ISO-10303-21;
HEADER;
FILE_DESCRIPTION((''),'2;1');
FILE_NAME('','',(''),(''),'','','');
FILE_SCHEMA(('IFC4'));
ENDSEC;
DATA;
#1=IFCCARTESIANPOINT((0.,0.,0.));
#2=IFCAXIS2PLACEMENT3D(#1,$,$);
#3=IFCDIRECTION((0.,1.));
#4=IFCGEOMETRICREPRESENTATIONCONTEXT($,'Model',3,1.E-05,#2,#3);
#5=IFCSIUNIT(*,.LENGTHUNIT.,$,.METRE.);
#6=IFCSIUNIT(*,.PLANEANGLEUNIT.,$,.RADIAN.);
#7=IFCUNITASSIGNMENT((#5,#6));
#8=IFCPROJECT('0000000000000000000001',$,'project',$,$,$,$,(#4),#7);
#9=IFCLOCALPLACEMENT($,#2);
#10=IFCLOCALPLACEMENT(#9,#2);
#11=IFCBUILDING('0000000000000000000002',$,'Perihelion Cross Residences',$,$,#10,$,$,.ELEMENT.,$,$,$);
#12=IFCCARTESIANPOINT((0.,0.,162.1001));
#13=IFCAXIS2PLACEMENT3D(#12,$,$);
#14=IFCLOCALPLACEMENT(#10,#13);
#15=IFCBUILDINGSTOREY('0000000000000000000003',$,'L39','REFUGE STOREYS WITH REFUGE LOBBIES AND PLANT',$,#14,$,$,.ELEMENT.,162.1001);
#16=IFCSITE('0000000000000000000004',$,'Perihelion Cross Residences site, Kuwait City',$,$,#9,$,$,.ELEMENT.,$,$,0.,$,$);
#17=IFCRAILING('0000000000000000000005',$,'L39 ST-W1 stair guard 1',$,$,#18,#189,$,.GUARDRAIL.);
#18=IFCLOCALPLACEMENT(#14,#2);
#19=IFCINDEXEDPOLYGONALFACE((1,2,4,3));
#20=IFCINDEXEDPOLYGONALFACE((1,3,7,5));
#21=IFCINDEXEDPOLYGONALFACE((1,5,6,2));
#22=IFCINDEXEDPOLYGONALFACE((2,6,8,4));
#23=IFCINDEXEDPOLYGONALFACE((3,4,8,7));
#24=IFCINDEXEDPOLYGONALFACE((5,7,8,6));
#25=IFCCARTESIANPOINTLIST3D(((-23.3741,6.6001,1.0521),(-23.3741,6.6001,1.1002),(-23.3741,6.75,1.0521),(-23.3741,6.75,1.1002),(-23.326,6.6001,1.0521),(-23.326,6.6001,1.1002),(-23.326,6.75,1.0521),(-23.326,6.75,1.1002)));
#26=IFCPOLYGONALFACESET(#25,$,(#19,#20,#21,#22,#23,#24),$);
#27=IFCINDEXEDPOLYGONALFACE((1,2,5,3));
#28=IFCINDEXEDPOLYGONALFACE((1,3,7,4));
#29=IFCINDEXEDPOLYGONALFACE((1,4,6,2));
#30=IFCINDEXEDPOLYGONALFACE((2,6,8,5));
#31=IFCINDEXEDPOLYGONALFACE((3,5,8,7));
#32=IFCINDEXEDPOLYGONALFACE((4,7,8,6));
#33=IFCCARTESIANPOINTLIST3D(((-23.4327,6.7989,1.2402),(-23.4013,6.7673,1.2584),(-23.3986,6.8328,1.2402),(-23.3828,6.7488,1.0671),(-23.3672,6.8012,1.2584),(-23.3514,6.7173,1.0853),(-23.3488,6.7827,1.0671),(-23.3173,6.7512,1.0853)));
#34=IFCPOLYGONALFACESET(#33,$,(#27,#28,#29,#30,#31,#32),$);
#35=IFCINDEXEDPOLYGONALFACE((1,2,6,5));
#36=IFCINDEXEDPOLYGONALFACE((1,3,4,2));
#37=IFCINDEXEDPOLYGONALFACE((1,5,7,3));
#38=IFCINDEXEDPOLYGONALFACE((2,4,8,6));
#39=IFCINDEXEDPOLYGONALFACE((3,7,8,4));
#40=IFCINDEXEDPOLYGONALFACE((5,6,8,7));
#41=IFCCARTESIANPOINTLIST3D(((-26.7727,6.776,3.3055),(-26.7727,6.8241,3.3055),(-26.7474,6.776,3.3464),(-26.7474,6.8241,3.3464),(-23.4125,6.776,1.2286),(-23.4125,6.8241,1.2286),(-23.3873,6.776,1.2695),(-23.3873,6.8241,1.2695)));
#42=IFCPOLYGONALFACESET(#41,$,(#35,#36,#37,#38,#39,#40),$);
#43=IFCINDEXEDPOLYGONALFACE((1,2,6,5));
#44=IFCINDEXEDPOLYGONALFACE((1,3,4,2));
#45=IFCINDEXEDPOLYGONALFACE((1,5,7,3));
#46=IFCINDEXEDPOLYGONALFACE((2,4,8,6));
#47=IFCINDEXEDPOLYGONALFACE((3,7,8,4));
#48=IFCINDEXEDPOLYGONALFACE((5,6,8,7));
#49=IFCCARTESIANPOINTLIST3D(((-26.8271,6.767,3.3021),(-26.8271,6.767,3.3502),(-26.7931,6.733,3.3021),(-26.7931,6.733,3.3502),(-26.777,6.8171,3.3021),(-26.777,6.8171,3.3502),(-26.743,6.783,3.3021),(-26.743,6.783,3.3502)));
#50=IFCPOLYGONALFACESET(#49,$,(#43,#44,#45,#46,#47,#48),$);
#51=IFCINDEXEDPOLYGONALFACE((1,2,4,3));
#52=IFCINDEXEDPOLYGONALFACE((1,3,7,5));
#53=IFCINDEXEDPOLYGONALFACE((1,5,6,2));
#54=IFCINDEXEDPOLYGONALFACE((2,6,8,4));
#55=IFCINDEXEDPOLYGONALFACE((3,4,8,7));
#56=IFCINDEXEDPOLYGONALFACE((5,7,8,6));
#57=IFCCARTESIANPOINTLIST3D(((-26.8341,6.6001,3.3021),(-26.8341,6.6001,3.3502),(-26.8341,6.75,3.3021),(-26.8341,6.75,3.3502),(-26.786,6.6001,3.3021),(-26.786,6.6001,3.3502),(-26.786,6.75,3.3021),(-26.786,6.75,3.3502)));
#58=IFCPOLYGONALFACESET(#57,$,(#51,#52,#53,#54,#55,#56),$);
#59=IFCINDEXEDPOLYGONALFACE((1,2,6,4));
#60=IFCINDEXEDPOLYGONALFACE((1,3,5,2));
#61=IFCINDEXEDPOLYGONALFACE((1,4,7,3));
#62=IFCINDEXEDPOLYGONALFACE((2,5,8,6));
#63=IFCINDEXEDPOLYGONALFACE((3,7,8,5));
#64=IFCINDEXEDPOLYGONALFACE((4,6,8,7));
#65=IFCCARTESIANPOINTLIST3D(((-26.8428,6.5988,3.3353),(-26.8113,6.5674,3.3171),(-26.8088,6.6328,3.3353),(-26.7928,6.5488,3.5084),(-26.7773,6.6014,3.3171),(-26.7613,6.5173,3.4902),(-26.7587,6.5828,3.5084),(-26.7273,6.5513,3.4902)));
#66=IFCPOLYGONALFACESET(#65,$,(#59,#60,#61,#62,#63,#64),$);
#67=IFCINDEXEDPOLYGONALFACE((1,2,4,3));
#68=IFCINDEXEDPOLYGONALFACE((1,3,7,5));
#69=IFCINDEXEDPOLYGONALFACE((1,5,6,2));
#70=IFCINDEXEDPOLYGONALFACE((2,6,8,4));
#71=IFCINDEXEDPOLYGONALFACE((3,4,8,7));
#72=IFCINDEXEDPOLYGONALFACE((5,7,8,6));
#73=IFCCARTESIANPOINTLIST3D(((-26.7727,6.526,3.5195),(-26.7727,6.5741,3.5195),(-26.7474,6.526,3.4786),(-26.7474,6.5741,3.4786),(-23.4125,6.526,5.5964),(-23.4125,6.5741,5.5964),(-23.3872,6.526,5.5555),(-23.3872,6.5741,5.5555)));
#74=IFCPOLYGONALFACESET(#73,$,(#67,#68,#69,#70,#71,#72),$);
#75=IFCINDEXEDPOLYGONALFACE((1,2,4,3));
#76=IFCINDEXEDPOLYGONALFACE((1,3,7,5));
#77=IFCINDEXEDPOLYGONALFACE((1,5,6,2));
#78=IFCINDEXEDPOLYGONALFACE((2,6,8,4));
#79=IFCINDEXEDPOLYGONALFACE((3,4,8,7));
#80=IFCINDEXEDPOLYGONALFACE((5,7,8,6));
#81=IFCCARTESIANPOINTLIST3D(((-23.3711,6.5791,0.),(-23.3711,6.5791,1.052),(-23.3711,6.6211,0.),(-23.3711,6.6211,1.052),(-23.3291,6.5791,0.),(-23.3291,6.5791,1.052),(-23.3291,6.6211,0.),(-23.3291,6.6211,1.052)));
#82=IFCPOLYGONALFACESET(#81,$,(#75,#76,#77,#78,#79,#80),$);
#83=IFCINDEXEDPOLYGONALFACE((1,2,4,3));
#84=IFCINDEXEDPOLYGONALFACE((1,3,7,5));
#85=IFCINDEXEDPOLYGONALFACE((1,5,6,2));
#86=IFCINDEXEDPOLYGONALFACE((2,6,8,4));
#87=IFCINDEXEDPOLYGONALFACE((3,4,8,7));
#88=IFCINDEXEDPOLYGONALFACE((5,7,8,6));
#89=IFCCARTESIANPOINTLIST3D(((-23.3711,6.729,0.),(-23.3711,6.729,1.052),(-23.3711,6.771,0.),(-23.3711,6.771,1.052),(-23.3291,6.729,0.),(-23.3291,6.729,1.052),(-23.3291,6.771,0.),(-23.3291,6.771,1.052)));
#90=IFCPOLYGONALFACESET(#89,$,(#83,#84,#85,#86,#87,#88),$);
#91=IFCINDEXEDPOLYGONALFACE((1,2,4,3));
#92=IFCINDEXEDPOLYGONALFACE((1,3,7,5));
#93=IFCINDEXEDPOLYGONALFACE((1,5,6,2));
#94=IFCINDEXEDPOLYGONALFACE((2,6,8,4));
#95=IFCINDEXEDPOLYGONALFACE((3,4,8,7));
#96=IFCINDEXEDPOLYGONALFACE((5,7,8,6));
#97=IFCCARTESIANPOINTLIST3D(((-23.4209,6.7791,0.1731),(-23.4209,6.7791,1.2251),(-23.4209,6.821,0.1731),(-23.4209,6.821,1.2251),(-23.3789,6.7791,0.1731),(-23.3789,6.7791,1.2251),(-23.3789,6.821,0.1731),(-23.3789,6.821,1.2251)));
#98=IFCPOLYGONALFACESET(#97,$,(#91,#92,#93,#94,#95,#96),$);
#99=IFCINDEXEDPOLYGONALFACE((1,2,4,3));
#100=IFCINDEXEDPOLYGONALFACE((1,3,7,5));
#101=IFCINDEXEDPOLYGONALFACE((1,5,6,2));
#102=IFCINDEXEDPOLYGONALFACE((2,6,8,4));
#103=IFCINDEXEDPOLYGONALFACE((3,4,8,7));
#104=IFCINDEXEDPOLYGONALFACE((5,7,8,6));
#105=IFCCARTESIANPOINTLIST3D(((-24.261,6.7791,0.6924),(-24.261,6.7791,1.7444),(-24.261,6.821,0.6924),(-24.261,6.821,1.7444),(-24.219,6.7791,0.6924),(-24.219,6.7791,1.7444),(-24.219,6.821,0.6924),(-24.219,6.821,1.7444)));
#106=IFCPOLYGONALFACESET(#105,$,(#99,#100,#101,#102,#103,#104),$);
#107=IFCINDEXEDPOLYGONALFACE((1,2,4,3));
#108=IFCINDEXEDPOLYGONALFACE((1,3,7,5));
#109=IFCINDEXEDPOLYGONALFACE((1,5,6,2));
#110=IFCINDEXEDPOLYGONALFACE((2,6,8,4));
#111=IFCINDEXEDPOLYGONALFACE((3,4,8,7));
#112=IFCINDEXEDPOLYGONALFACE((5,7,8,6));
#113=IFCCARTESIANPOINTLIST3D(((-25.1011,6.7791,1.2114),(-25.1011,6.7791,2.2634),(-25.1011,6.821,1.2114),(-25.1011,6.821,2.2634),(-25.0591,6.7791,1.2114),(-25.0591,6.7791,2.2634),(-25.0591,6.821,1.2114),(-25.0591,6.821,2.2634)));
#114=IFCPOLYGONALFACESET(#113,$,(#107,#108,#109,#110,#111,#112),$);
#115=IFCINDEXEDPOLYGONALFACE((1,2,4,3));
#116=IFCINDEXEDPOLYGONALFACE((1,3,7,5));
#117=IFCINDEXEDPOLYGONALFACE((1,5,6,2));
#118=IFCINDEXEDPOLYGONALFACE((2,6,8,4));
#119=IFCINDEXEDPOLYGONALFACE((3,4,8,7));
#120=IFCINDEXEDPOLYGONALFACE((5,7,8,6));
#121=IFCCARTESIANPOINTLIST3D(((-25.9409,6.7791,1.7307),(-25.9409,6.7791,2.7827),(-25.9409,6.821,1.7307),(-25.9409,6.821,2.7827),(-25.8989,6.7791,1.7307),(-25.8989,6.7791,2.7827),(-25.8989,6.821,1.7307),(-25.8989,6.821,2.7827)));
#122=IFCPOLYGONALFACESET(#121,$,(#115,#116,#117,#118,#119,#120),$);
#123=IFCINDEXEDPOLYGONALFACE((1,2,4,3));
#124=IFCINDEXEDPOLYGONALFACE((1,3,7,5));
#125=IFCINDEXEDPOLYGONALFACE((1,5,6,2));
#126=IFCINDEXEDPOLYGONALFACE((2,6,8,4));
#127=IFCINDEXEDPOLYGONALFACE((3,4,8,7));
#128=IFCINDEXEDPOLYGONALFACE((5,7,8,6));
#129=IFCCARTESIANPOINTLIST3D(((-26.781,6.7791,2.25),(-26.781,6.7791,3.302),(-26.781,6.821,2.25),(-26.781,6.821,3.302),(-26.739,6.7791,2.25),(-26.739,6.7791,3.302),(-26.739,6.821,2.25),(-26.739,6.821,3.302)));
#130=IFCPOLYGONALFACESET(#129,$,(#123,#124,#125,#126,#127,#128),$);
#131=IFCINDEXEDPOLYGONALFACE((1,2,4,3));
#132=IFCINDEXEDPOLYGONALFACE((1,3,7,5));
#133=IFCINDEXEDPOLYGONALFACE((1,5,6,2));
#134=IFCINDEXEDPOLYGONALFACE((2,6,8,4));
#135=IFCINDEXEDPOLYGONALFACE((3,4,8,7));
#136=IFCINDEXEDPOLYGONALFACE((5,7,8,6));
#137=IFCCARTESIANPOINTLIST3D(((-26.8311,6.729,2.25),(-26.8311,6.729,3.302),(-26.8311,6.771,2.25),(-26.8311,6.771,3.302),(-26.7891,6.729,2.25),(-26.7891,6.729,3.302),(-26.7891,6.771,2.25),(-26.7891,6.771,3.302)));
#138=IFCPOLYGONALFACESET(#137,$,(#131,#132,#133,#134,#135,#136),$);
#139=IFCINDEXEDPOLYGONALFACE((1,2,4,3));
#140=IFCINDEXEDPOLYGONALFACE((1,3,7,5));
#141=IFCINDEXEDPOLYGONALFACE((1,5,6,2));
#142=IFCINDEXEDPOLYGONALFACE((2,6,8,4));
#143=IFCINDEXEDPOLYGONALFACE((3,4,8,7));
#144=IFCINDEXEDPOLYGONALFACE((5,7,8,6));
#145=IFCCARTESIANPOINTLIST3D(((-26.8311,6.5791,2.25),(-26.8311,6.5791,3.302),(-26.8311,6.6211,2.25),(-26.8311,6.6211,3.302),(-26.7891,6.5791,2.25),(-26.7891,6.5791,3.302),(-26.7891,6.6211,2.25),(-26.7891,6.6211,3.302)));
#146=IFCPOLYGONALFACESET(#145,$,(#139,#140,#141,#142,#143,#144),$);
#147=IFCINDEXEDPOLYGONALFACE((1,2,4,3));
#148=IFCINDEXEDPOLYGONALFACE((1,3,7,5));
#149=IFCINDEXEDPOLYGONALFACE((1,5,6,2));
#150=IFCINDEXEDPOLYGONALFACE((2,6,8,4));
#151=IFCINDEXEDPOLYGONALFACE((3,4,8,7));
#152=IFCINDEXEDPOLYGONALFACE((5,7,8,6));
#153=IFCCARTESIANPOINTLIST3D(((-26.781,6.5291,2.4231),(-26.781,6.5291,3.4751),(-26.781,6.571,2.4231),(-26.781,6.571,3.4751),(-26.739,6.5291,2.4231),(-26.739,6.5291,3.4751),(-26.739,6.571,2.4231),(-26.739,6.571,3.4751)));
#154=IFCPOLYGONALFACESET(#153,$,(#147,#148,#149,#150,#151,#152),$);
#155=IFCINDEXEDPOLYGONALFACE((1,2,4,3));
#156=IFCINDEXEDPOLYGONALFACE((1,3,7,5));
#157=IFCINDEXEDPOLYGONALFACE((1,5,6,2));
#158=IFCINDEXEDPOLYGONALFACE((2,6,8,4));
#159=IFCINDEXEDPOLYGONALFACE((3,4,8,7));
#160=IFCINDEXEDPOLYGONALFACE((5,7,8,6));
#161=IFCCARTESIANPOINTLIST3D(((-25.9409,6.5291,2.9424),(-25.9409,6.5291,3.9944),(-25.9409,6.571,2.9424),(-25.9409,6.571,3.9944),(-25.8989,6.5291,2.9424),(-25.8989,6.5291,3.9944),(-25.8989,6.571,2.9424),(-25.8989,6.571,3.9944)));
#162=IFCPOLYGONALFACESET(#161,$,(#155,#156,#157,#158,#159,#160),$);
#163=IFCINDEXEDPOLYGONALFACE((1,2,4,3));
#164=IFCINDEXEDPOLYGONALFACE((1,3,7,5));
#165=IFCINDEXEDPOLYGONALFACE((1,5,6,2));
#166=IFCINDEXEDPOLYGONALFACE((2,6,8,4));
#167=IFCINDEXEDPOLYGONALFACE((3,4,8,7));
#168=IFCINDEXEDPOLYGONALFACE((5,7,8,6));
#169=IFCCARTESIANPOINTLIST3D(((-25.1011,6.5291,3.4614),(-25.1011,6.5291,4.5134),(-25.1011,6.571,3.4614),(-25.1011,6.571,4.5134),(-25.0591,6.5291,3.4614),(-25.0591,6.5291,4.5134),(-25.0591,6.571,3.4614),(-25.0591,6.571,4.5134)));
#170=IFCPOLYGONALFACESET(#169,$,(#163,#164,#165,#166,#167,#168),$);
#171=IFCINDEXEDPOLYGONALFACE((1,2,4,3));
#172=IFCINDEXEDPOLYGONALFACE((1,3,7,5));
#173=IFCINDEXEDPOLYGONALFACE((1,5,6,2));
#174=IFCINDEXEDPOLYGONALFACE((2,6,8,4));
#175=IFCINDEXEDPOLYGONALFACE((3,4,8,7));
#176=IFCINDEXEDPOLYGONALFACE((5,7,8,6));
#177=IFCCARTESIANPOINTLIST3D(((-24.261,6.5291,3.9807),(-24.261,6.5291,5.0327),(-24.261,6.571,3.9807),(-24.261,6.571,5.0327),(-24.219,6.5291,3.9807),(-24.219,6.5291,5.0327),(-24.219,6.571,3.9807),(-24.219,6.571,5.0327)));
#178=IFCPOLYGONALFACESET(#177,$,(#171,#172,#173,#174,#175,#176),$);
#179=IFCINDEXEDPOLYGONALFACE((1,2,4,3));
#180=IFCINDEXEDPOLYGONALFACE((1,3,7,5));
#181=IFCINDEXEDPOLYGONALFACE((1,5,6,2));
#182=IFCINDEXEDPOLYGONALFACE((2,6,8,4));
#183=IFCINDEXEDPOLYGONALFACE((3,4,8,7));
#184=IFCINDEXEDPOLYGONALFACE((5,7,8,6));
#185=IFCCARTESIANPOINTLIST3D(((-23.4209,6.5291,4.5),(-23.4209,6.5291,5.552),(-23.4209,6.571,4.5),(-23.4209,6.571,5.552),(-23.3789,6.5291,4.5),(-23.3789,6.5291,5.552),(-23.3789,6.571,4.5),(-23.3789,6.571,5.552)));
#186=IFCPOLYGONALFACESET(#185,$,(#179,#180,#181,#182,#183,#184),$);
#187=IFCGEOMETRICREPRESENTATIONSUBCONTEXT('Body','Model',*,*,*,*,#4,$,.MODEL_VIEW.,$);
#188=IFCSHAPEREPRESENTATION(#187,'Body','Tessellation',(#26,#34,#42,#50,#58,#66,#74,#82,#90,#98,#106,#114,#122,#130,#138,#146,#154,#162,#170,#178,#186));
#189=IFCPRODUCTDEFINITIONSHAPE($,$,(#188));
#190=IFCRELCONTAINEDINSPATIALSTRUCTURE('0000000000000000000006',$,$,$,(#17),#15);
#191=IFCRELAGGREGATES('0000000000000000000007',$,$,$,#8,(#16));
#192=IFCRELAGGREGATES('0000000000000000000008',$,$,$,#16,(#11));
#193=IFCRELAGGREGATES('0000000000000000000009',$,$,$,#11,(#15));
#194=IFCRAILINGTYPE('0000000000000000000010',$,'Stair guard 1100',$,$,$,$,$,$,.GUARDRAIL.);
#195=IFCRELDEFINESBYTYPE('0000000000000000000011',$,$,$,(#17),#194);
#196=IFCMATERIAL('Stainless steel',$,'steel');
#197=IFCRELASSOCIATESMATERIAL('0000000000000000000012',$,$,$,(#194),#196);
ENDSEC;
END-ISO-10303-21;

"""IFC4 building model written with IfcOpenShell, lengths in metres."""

from ifc_helpers import new_model, si_unit, direction, frame, origin, origin_2d, place, context, subcontext, project, spatial, rectangle, extrude, material, type_object, element, save


model = new_model("IFC4")

# Units and contexts
model_context = context("Model", 3, precision=1e-05, world=origin(), true_north=direction((0.0, 1.0)))
body_context = subcontext(model_context, "Body", "Model", "MODEL_VIEW")
ifc_project = project(units=[si_unit("LENGTHUNIT", "METRE"), si_unit("PLANEANGLEUNIT", "RADIAN")], contexts=[model_context])

# Site, building, storey
site_placement = place(None, origin())
site = spatial("IfcSite", under=ifc_project, at=site_placement, Name="Perihelion Cross Residences site, Kuwait City", CompositionType="ELEMENT", RefElevation=0.0)
building_placement = place(site_placement, origin())
building = spatial("IfcBuilding", under=site, at=building_placement, Name="Perihelion Cross Residences", CompositionType="ELEMENT")
storey_placement = place(building_placement, frame((0.0, 0.0, 162.1001)))
storey = spatial("IfcBuildingStorey", under=building, at=storey_placement, Name="L39", Description="REFUGE STOREYS WITH REFUGE LOBBIES AND PLANT", CompositionType="ELEMENT", Elevation=162.1001)

# Railing
ifc_material_1 = material(Name="Stainless steel", Category="steel")
railing_type_1 = type_object("IfcRailingType", Name="Stair guard 1100", PredefinedType="GUARDRAIL", material=ifc_material_1)
railing_1_placement = place(storey_placement, frame((-23.3501, 6.6001, 0.0)))
element("IfcRailing", 1, at=railing_1_placement, inside=storey, type_object=railing_type_1, Name="L39 ST-W1 stair guard 1", PredefinedType="GUARDRAIL", context=body_context, shape_type="SweptSolid", body=[
    extrude(rectangle(XDim=0.0481, YDim=0.0481, at=origin_2d()), frame((0.0, 0.0, 1.0762), z_axis=(0.0, 1.0, 0.0), x_axis=(-1.0, 0.0, 0.0)), (0.0, 0.0, 1.0), 0.1499),
    extrude(rectangle(XDim=0.0481, YDim=0.0481, at=origin_2d()), frame((0.0, 0.1499, 1.0762), z_axis=(-0.266417, 0.267723, 0.92593), x_axis=(-0.708834, -0.705376, 0.0)), (0.0, 0.0, 1.0), 0.187),
    extrude(rectangle(XDim=0.0481, YDim=0.0481, at=origin_2d()), frame((-0.0498, 0.2, 1.249), z_axis=(-0.850623, 0.0, 0.525776), x_axis=(0.0, -1.0, 0.0)), (0.0, 0.0, 1.0), 3.9502),
    extrude(rectangle(XDim=0.0481, YDim=0.0481, at=origin_2d()), frame((-3.4099, 0.2, 3.3262), z_axis=(-0.707107, -0.707107, 0.0), x_axis=(0.707107, -0.707107, 0.0)), (0.0, 0.0, 1.0), 0.0708),
    extrude(rectangle(XDim=0.0481, YDim=0.0481, at=origin_2d()), frame((-3.46, 0.1499, 3.3262), z_axis=(0.0, -1.0, 0.0), x_axis=(1.0, 0.0, 0.0)), (0.0, 0.0, 1.0), 0.1499),
    extrude(rectangle(XDim=0.0481, YDim=0.0481, at=origin_2d()), frame((-3.46, 0.0, 3.3262), z_axis=(0.26763, -0.26763, 0.925607), x_axis=(0.707107, 0.707107, 0.0)), (0.0, 0.0, 1.0), 0.187),
    extrude(rectangle(XDim=0.0481, YDim=0.0481, at=origin_2d()), frame((-3.4099, -0.05, 3.499), z_axis=(0.850623, 0.0, 0.525776), x_axis=(0.0, 1.0, 0.0)), (0.0, 0.0, 1.0), 3.9502),
    extrude(rectangle(XDim=0.042, YDim=0.042, at=origin_2d()), origin(), (0.0, 0.0, 1.0), 1.052),
    extrude(rectangle(XDim=0.042, YDim=0.042, at=origin_2d()), frame((0.0, 0.1499, 0.0)), (0.0, 0.0, 1.0), 1.052),
    extrude(rectangle(XDim=0.042, YDim=0.042, at=origin_2d()), frame((-0.0498, 0.2, 0.1731)), (0.0, 0.0, 1.0), 1.052),
    extrude(rectangle(XDim=0.042, YDim=0.042, at=origin_2d()), frame((-0.8899, 0.2, 0.6924)), (0.0, 0.0, 1.0), 1.052),
    extrude(rectangle(XDim=0.042, YDim=0.042, at=origin_2d()), frame((-1.73, 0.2, 1.2114)), (0.0, 0.0, 1.0), 1.052),
    extrude(rectangle(XDim=0.042, YDim=0.042, at=origin_2d()), frame((-2.5698, 0.2, 1.7307)), (0.0, 0.0, 1.0), 1.052),
    extrude(rectangle(XDim=0.042, YDim=0.042, at=origin_2d()), frame((-3.4099, 0.2, 2.25)), (0.0, 0.0, 1.0), 1.052),
    extrude(rectangle(XDim=0.042, YDim=0.042, at=origin_2d()), frame((-3.46, 0.1499, 2.25)), (0.0, 0.0, 1.0), 1.052),
    extrude(rectangle(XDim=0.042, YDim=0.042, at=origin_2d()), frame((-3.46, 0.0, 2.25)), (0.0, 0.0, 1.0), 1.052),
    extrude(rectangle(XDim=0.042, YDim=0.042, at=origin_2d()), frame((-3.4099, -0.05, 2.4231)), (0.0, 0.0, 1.0), 1.052),
    extrude(rectangle(XDim=0.042, YDim=0.042, at=origin_2d()), frame((-2.5698, -0.05, 2.9424)), (0.0, 0.0, 1.0), 1.052),
    extrude(rectangle(XDim=0.042, YDim=0.042, at=origin_2d()), frame((-1.73, -0.05, 3.4614)), (0.0, 0.0, 1.0), 1.052),
    extrude(rectangle(XDim=0.042, YDim=0.042, at=origin_2d()), frame((-0.8899, -0.05, 3.9807)), (0.0, 0.0, 1.0), 1.052),
    extrude(rectangle(XDim=0.042, YDim=0.042, at=origin_2d()), frame((-0.0498, -0.05, 4.5)), (0.0, 0.0, 1.0), 1.052),
])

save(model, "model.ifc")
